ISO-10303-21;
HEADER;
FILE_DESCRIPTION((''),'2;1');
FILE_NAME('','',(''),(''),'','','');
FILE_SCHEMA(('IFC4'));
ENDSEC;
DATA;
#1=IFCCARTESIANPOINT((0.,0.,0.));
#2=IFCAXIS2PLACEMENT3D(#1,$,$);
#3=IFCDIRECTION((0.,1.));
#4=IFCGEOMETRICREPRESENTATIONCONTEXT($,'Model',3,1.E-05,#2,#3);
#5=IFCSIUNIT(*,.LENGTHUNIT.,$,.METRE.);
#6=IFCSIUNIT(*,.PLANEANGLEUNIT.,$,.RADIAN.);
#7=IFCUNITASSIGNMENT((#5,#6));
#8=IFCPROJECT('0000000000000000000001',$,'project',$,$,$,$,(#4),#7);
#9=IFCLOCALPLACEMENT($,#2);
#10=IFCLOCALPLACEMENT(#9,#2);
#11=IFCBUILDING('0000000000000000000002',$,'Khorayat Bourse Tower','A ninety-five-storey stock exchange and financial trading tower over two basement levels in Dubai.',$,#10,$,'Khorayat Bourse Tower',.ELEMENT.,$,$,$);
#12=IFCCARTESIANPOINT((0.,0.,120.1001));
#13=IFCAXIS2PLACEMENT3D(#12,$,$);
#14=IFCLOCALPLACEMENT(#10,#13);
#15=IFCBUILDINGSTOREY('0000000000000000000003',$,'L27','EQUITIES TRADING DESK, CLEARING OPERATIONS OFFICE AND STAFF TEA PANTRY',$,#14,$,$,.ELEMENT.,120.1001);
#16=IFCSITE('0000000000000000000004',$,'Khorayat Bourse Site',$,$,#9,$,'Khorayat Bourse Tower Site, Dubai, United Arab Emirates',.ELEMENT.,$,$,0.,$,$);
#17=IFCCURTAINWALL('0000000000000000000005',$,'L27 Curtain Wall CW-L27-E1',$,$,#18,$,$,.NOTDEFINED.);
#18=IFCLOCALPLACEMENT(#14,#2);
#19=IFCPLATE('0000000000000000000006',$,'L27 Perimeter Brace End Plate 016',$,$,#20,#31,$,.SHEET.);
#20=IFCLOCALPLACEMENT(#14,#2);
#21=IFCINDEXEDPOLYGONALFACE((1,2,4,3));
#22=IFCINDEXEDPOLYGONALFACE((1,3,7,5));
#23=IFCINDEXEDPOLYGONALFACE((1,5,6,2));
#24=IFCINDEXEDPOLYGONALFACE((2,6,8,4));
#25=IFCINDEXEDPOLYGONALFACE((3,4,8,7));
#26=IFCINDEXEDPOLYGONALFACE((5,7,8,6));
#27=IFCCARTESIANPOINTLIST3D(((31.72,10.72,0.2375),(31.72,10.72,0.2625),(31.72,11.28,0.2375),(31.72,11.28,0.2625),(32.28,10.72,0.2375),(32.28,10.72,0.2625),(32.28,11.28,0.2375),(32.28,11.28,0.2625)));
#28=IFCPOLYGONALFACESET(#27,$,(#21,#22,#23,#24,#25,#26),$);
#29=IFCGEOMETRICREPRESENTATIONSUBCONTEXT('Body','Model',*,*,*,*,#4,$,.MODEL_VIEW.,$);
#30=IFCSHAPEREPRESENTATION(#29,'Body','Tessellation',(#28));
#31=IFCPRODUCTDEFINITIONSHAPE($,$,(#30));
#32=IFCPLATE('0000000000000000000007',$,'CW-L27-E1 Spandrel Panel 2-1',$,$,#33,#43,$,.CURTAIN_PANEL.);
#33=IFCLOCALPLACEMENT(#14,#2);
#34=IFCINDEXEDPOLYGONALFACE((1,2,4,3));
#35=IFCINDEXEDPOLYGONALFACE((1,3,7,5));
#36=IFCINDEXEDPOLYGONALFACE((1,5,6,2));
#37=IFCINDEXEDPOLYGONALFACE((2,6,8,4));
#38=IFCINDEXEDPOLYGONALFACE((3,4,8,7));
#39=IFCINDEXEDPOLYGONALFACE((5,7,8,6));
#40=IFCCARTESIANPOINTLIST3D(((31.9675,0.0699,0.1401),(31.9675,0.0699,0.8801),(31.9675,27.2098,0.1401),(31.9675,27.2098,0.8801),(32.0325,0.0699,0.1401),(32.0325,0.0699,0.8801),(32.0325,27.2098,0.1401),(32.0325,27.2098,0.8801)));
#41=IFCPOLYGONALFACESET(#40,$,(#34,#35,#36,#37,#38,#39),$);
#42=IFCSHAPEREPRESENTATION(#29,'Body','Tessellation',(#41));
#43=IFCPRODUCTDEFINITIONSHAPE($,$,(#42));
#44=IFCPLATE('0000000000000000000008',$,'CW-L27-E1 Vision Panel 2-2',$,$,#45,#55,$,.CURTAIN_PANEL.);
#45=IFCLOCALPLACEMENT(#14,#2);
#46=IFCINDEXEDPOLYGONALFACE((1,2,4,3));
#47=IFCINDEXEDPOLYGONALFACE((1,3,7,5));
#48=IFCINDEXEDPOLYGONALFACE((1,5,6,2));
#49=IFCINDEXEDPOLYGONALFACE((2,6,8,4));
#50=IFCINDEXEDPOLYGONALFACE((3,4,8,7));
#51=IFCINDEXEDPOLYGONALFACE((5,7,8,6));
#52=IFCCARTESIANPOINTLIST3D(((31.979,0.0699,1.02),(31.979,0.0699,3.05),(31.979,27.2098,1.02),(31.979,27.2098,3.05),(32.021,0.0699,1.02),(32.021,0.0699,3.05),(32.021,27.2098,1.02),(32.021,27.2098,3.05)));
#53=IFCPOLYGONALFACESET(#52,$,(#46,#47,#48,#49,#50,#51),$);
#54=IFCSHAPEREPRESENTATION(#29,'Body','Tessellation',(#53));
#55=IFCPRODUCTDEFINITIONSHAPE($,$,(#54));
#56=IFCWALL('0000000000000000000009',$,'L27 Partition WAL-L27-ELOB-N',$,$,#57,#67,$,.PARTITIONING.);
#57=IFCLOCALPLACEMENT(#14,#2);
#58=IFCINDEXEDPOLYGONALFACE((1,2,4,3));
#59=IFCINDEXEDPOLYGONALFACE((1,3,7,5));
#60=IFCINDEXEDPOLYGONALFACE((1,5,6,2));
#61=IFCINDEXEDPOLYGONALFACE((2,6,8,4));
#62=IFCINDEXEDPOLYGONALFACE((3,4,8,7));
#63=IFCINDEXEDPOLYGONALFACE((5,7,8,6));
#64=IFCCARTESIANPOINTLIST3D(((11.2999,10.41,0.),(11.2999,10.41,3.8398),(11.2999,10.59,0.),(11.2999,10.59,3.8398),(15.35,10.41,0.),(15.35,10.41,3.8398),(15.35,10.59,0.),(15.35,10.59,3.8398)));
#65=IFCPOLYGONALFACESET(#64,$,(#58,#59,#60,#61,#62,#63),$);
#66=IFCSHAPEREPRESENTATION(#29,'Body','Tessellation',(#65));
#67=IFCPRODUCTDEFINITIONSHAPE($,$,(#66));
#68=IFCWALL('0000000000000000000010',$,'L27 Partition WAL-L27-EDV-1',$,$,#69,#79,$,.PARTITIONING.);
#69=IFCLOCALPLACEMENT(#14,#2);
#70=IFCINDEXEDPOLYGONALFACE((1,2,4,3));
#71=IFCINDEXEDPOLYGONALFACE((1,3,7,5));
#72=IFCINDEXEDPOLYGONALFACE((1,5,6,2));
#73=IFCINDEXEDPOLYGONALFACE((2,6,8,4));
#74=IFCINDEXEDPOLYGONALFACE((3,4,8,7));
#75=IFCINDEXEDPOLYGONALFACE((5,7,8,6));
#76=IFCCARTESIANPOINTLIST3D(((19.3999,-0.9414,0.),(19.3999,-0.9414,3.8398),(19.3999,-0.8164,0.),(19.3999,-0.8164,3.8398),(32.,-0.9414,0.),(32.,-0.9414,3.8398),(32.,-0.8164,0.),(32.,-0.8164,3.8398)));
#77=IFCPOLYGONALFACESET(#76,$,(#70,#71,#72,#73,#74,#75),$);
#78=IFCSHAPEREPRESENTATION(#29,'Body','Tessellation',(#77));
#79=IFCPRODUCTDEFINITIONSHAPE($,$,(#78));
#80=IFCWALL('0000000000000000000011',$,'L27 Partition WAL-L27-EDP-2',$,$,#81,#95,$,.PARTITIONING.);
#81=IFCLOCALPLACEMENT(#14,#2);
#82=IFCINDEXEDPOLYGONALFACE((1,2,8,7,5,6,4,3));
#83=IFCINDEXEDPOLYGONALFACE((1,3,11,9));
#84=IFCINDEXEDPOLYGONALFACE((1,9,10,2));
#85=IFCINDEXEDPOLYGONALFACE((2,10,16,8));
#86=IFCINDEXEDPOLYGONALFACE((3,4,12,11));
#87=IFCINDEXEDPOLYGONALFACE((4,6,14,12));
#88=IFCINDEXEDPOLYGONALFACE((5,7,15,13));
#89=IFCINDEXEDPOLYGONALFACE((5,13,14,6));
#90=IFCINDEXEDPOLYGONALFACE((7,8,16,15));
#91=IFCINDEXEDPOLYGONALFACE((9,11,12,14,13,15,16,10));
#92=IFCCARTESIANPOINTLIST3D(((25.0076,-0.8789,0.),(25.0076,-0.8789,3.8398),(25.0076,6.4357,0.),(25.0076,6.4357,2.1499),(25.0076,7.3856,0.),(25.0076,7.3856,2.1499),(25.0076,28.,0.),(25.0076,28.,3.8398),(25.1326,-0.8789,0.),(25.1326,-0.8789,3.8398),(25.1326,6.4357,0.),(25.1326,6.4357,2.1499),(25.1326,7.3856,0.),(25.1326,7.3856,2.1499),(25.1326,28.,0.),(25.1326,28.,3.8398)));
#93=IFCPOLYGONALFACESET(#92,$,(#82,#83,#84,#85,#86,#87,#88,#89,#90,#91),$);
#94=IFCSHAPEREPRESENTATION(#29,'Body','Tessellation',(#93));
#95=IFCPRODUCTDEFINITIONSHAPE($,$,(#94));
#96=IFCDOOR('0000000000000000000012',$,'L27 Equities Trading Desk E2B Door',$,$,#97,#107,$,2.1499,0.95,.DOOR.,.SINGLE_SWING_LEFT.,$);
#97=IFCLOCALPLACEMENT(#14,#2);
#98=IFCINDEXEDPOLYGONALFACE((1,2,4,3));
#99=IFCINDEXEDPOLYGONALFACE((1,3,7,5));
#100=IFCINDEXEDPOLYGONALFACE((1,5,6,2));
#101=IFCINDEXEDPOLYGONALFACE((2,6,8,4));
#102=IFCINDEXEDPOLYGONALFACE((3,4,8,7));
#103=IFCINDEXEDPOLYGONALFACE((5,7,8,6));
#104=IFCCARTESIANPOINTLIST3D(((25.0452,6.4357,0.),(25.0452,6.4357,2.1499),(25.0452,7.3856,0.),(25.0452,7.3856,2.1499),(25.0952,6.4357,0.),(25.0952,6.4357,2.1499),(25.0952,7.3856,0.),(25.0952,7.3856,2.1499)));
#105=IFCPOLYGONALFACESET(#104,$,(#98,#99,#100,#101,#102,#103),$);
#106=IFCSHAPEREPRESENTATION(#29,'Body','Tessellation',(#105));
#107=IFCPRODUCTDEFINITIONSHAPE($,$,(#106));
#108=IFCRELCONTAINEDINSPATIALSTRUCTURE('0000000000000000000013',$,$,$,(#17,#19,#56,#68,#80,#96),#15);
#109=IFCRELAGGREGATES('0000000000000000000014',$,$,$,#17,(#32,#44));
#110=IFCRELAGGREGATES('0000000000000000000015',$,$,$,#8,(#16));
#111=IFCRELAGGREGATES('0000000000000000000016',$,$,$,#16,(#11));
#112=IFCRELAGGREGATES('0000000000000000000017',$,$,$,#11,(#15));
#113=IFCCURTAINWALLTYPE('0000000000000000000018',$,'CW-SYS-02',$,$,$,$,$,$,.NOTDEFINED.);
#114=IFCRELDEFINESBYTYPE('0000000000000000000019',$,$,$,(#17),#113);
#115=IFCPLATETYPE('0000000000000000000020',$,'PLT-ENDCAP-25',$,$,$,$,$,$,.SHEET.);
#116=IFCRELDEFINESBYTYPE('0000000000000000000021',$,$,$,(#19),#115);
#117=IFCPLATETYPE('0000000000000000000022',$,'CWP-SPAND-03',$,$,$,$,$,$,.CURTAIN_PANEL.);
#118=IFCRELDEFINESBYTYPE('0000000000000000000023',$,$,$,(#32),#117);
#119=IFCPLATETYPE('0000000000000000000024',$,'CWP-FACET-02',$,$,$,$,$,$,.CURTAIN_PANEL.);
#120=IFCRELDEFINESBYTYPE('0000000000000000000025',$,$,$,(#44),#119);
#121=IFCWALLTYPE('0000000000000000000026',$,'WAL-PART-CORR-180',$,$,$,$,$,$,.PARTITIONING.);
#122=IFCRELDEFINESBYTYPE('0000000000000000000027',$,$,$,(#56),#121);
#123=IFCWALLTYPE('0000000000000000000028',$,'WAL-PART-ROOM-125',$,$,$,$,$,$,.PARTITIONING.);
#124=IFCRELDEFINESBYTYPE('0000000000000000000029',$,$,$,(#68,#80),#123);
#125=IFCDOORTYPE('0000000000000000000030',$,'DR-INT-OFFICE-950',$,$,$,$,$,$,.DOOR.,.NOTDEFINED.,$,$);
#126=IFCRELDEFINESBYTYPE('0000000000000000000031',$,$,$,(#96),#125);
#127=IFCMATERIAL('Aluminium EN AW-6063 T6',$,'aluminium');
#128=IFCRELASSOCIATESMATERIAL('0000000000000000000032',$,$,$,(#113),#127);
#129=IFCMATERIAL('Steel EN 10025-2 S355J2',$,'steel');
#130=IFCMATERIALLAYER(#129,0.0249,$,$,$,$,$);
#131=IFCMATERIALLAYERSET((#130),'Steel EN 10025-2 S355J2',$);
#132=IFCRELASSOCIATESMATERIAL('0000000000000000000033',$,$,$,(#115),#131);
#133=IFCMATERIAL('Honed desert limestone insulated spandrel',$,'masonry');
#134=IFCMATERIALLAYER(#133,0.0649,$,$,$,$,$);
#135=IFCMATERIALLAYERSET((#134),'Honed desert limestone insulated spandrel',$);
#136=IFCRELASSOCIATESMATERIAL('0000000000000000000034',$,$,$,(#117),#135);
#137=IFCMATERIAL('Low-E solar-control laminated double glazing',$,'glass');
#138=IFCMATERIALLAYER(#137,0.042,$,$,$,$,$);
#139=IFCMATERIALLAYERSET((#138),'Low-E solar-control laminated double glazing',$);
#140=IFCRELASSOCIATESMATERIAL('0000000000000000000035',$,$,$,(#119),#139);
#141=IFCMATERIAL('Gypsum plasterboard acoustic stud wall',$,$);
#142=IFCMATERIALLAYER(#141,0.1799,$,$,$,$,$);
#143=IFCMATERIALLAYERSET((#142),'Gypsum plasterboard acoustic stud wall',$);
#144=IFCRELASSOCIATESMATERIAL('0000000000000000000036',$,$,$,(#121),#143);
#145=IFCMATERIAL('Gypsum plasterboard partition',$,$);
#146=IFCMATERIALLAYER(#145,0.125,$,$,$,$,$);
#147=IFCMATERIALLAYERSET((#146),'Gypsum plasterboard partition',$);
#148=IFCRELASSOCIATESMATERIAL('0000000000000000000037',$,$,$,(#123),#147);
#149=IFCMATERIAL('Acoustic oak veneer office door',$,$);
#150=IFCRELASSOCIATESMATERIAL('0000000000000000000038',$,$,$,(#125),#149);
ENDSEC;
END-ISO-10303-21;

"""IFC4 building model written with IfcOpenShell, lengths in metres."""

from ifc_helpers import new_model, si_unit, direction, frame, frame_2d, origin, origin_2d, place, context, subcontext, project, spatial, rectangle, extrude, source, transform, mapped, material, layer, layer_set, type_object, element, fill, aggregate, save


model = new_model("IFC4")

# Units and contexts
model_context = context("Model", 3, precision=1e-05, world=origin(), true_north=direction((0.0, 1.0)))
body_context = subcontext(model_context, "Body", "Model", "MODEL_VIEW")
ifc_project = project(units=[si_unit("LENGTHUNIT", "METRE"), si_unit("PLANEANGLEUNIT", "RADIAN")], contexts=[model_context])

# Site, building, storey
site_placement = place(None, origin())
site = spatial("IfcSite", under=ifc_project, at=site_placement, Name="Khorayat Bourse Site", LongName="Khorayat Bourse Tower Site, Dubai, United Arab Emirates", CompositionType="ELEMENT", RefElevation=0.0)
building_placement = place(site_placement, origin())
building = spatial("IfcBuilding", under=site, at=building_placement, Name="Khorayat Bourse Tower", Description="A ninety-five-storey stock exchange and financial trading tower over two basement levels in Dubai.", LongName="Khorayat Bourse Tower", CompositionType="ELEMENT")
storey_placement = place(building_placement, frame((0.0, 0.0, 120.1001)))
storey = spatial("IfcBuildingStorey", under=building, at=storey_placement, Name="L27", Description="EQUITIES TRADING DESK, CLEARING OPERATIONS OFFICE AND STAFF TEA PANTRY", CompositionType="ELEMENT", Elevation=120.1001)

# Curtain wall
ifc_material_1 = material(Name="Aluminium EN AW-6063 T6", Category="aluminium")
curtain_wall_type = type_object("IfcCurtainWallType", Name="CW-SYS-02", PredefinedType="NOTDEFINED", material=ifc_material_1)
curtain_wall_placement = place(storey_placement, origin())
curtain_wall = element("IfcCurtainWall", 1, at=curtain_wall_placement, inside=storey, type_object=curtain_wall_type, Name="L27 Curtain Wall CW-L27-E1", PredefinedType="NOTDEFINED")

# Plate
ifc_material_2 = material(Name="Steel EN 10025-2 S355J2", Category="steel")
ifc_layer_1 = layer(ifc_material_2, 0.0249)
ifc_layer_set_1 = layer_set([ifc_layer_1], Name="Steel EN 10025-2 S355J2")
plate_type_1 = type_object("IfcPlateType", Name="PLT-ENDCAP-25", PredefinedType="SHEET", material=ifc_layer_set_1)
shared_shape_1 = source(origin(), body_context, "Body", "SweptSolid", [
    extrude(rectangle(XDim=0.5601, YDim=0.5601, at=origin_2d()), origin(), (0.0, 0.0, 1.0), 0.0249),
])
for number, where, z_axis, x_axis, name in (
    (2, (32.0, 11.0, 0.2375), (0.0, 0.0, 1.0), (1.0, 0.0, 0.0), "L27 Perimeter Brace End Plate 016"),
):
    element("IfcPlate", number, at=place(storey_placement, frame(where, z_axis=z_axis, x_axis=x_axis)), inside=storey, type_object=plate_type_1, Name=name, PredefinedType="SHEET", context=body_context, shape_type="MappedRepresentation", body=[
        mapped(shared_shape_1, transform((0.0, 0.0, 0.0), scale=1.0)),
    ])

# Plates
ifc_material_3 = material(Name="Honed desert limestone insulated spandrel", Category="masonry")
ifc_layer_2 = layer(ifc_material_3, 0.0649)
ifc_layer_set_2 = layer_set([ifc_layer_2], Name="Honed desert limestone insulated spandrel")
plate_type_2 = type_object("IfcPlateType", Name="CWP-SPAND-03", PredefinedType="CURTAIN_PANEL", material=ifc_layer_set_2)
shared_shape_2 = source(origin(), body_context, "Body", "SweptSolid", [
    extrude(rectangle(XDim=27.1399, YDim=0.0649, at=origin_2d()), origin(), (0.0, 0.0, 1.0), 0.74),
])
plate_1_placement = place(storey_placement, frame((32.0, 13.6399, 0.1401), z_axis=(0.0, 0.0, 1.0), x_axis=(0.0, 1.0, 0.0)))
plate_1 = element("IfcPlate", 3, at=plate_1_placement, type_object=plate_type_2, Name="CW-L27-E1 Spandrel Panel 2-1", PredefinedType="CURTAIN_PANEL", context=body_context, shape_type="MappedRepresentation", body=[
    mapped(shared_shape_2, transform((0.0, 0.0, 0.0), scale=1.0)),
])
ifc_material_4 = material(Name="Low-E solar-control laminated double glazing", Category="glass")
ifc_layer_3 = layer(ifc_material_4, 0.042)
ifc_layer_set_3 = layer_set([ifc_layer_3], Name="Low-E solar-control laminated double glazing")
plate_type_3 = type_object("IfcPlateType", Name="CWP-FACET-02", PredefinedType="CURTAIN_PANEL", material=ifc_layer_set_3)
shared_shape_3 = source(origin(), body_context, "Body", "SweptSolid", [
    extrude(rectangle(XDim=27.1399, YDim=0.042, at=origin_2d()), origin(), (0.0, 0.0, 1.0), 2.03),
])
plate_2_placement = place(storey_placement, frame((32.0, 13.6399, 1.02), z_axis=(0.0, 0.0, 1.0), x_axis=(0.0, 1.0, 0.0)))
plate_2 = element("IfcPlate", 4, at=plate_2_placement, type_object=plate_type_3, Name="CW-L27-E1 Vision Panel 2-2", PredefinedType="CURTAIN_PANEL", context=body_context, shape_type="MappedRepresentation", body=[
    mapped(shared_shape_3, transform((0.0, 0.0, 0.0), scale=1.0)),
])
aggregate(curtain_wall, [plate_1, plate_2])

# Walls
ifc_material_5 = material(Name="Gypsum plasterboard acoustic stud wall")
ifc_layer_4 = layer(ifc_material_5, 0.1799)
ifc_layer_set_4 = layer_set([ifc_layer_4], Name="Gypsum plasterboard acoustic stud wall")
wall_type_1 = type_object("IfcWallType", Name="WAL-PART-CORR-180", PredefinedType="PARTITIONING", material=ifc_layer_set_4)
shared_shape_4 = source(origin(), body_context, "Body", "SweptSolid", [
    extrude(rectangle(XDim=4.05, YDim=0.1799, at=frame_2d((2.0249, 0.0))), origin(), (0.0, 0.0, 1.0), 3.8398),
])
wall_1_placement = place(storey_placement, frame((11.3, 10.5, 0.0), z_axis=(0.0, 0.0, 1.0), x_axis=(1.0, 0.0, 0.0)))
element("IfcWall", 5, at=wall_1_placement, inside=storey, type_object=wall_type_1, Name="L27 Partition WAL-L27-ELOB-N", PredefinedType="PARTITIONING", context=body_context, shape_type="MappedRepresentation", body=[
    mapped(shared_shape_4, transform((0.0, 0.0, 0.0), scale=1.0)),
])
ifc_material_6 = material(Name="Gypsum plasterboard partition")
ifc_layer_5 = layer(ifc_material_6, 0.125)
ifc_layer_set_5 = layer_set([ifc_layer_5], Name="Gypsum plasterboard partition")
wall_type_2 = type_object("IfcWallType", Name="WAL-PART-ROOM-125", PredefinedType="PARTITIONING", material=ifc_layer_set_5)
shared_shape_5 = source(origin(), body_context, "Body", "SweptSolid", [
    extrude(rectangle(XDim=12.6001, YDim=0.125, at=frame_2d((6.3, 0.0))), origin(), (0.0, 0.0, 1.0), 3.8398),
])
wall_2_placement = place(storey_placement, frame((19.3999, -0.8789, 0.0), z_axis=(0.0, 0.0, 1.0), x_axis=(1.0, 0.0, 0.0)))
element("IfcWall", 6, at=wall_2_placement, inside=storey, type_object=wall_type_2, Name="L27 Partition WAL-L27-EDV-1", PredefinedType="PARTITIONING", context=body_context, shape_type="MappedRepresentation", body=[
    mapped(shared_shape_5, transform((0.0, 0.0, 0.0), scale=1.0)),
])

# Wall, opening, door
shared_shape_6 = source(origin(), body_context, "Body", "SweptSolid", [
    extrude(rectangle(XDim=28.8789, YDim=0.125, at=frame_2d((14.4395, 0.0))), origin(), (0.0, 0.0, 1.0), 3.8398),
])
wall_3_placement = place(storey_placement, frame((25.0701, -0.8789, 0.0), z_axis=(0.0, 0.0, 1.0), x_axis=(0.0, 1.0, 0.0)))
wall_3 = element("IfcWall", 7, at=wall_3_placement, inside=storey, type_object=wall_type_2, Name="L27 Partition WAL-L27-EDP-2", PredefinedType="PARTITIONING", context=body_context, shape_type="MappedRepresentation", body=[
    mapped(shared_shape_6, transform((0.0, 0.0, 0.0), scale=1.0)),
])
shared_shape_7 = source(origin(), body_context, "Body", "SweptSolid", [
    extrude(rectangle(XDim=0.95, YDim=2.1499, at=frame_2d((0.4751, 1.075))), frame((0.0, 0.0725, 0.0), z_axis=(0.0, -1.0, 0.0), x_axis=(1.0, 0.0, 0.0)), (0.0, 0.0, 1.0), 0.145),
])
opening_placement = place(wall_3_placement, frame((7.3145, 0.0, 0.0)))
opening = element("IfcOpeningElement", 8, at=opening_placement, cuts=wall_3, PredefinedType="OPENING", context=body_context, shape_type="MappedRepresentation", body=[
    mapped(shared_shape_7, transform((0.0, 0.0, 0.0), scale=1.0)),
])
ifc_material_7 = material(Name="Acoustic oak veneer office door")
door_type = type_object("IfcDoorType", Name="DR-INT-OFFICE-950", OperationType="NOTDEFINED", PredefinedType="DOOR", material=ifc_material_7)
shared_shape_8 = source(origin(), body_context, "Body", "SweptSolid", [
    extrude(rectangle(XDim=0.95, YDim=2.1499, at=frame_2d((0.4751, 1.075))), frame((0.0, 0.0249, 0.0), z_axis=(0.0, -1.0, 0.0), x_axis=(1.0, 0.0, 0.0)), (0.0, 0.0, 1.0), 0.05),
])
door_placement = place(opening_placement, origin())
door = element("IfcDoor", 9, at=door_placement, inside=storey, type_object=door_type, Name="L27 Equities Trading Desk E2B Door", OperationType="SINGLE_SWING_LEFT", OverallHeight=2.1499, OverallWidth=0.95, PredefinedType="DOOR", context=body_context, shape_type="MappedRepresentation", body=[
    mapped(shared_shape_8, transform((0.0, 0.0, 0.0), scale=1.0)),
])
fill(opening, door)

save(model, "model.ifc")
